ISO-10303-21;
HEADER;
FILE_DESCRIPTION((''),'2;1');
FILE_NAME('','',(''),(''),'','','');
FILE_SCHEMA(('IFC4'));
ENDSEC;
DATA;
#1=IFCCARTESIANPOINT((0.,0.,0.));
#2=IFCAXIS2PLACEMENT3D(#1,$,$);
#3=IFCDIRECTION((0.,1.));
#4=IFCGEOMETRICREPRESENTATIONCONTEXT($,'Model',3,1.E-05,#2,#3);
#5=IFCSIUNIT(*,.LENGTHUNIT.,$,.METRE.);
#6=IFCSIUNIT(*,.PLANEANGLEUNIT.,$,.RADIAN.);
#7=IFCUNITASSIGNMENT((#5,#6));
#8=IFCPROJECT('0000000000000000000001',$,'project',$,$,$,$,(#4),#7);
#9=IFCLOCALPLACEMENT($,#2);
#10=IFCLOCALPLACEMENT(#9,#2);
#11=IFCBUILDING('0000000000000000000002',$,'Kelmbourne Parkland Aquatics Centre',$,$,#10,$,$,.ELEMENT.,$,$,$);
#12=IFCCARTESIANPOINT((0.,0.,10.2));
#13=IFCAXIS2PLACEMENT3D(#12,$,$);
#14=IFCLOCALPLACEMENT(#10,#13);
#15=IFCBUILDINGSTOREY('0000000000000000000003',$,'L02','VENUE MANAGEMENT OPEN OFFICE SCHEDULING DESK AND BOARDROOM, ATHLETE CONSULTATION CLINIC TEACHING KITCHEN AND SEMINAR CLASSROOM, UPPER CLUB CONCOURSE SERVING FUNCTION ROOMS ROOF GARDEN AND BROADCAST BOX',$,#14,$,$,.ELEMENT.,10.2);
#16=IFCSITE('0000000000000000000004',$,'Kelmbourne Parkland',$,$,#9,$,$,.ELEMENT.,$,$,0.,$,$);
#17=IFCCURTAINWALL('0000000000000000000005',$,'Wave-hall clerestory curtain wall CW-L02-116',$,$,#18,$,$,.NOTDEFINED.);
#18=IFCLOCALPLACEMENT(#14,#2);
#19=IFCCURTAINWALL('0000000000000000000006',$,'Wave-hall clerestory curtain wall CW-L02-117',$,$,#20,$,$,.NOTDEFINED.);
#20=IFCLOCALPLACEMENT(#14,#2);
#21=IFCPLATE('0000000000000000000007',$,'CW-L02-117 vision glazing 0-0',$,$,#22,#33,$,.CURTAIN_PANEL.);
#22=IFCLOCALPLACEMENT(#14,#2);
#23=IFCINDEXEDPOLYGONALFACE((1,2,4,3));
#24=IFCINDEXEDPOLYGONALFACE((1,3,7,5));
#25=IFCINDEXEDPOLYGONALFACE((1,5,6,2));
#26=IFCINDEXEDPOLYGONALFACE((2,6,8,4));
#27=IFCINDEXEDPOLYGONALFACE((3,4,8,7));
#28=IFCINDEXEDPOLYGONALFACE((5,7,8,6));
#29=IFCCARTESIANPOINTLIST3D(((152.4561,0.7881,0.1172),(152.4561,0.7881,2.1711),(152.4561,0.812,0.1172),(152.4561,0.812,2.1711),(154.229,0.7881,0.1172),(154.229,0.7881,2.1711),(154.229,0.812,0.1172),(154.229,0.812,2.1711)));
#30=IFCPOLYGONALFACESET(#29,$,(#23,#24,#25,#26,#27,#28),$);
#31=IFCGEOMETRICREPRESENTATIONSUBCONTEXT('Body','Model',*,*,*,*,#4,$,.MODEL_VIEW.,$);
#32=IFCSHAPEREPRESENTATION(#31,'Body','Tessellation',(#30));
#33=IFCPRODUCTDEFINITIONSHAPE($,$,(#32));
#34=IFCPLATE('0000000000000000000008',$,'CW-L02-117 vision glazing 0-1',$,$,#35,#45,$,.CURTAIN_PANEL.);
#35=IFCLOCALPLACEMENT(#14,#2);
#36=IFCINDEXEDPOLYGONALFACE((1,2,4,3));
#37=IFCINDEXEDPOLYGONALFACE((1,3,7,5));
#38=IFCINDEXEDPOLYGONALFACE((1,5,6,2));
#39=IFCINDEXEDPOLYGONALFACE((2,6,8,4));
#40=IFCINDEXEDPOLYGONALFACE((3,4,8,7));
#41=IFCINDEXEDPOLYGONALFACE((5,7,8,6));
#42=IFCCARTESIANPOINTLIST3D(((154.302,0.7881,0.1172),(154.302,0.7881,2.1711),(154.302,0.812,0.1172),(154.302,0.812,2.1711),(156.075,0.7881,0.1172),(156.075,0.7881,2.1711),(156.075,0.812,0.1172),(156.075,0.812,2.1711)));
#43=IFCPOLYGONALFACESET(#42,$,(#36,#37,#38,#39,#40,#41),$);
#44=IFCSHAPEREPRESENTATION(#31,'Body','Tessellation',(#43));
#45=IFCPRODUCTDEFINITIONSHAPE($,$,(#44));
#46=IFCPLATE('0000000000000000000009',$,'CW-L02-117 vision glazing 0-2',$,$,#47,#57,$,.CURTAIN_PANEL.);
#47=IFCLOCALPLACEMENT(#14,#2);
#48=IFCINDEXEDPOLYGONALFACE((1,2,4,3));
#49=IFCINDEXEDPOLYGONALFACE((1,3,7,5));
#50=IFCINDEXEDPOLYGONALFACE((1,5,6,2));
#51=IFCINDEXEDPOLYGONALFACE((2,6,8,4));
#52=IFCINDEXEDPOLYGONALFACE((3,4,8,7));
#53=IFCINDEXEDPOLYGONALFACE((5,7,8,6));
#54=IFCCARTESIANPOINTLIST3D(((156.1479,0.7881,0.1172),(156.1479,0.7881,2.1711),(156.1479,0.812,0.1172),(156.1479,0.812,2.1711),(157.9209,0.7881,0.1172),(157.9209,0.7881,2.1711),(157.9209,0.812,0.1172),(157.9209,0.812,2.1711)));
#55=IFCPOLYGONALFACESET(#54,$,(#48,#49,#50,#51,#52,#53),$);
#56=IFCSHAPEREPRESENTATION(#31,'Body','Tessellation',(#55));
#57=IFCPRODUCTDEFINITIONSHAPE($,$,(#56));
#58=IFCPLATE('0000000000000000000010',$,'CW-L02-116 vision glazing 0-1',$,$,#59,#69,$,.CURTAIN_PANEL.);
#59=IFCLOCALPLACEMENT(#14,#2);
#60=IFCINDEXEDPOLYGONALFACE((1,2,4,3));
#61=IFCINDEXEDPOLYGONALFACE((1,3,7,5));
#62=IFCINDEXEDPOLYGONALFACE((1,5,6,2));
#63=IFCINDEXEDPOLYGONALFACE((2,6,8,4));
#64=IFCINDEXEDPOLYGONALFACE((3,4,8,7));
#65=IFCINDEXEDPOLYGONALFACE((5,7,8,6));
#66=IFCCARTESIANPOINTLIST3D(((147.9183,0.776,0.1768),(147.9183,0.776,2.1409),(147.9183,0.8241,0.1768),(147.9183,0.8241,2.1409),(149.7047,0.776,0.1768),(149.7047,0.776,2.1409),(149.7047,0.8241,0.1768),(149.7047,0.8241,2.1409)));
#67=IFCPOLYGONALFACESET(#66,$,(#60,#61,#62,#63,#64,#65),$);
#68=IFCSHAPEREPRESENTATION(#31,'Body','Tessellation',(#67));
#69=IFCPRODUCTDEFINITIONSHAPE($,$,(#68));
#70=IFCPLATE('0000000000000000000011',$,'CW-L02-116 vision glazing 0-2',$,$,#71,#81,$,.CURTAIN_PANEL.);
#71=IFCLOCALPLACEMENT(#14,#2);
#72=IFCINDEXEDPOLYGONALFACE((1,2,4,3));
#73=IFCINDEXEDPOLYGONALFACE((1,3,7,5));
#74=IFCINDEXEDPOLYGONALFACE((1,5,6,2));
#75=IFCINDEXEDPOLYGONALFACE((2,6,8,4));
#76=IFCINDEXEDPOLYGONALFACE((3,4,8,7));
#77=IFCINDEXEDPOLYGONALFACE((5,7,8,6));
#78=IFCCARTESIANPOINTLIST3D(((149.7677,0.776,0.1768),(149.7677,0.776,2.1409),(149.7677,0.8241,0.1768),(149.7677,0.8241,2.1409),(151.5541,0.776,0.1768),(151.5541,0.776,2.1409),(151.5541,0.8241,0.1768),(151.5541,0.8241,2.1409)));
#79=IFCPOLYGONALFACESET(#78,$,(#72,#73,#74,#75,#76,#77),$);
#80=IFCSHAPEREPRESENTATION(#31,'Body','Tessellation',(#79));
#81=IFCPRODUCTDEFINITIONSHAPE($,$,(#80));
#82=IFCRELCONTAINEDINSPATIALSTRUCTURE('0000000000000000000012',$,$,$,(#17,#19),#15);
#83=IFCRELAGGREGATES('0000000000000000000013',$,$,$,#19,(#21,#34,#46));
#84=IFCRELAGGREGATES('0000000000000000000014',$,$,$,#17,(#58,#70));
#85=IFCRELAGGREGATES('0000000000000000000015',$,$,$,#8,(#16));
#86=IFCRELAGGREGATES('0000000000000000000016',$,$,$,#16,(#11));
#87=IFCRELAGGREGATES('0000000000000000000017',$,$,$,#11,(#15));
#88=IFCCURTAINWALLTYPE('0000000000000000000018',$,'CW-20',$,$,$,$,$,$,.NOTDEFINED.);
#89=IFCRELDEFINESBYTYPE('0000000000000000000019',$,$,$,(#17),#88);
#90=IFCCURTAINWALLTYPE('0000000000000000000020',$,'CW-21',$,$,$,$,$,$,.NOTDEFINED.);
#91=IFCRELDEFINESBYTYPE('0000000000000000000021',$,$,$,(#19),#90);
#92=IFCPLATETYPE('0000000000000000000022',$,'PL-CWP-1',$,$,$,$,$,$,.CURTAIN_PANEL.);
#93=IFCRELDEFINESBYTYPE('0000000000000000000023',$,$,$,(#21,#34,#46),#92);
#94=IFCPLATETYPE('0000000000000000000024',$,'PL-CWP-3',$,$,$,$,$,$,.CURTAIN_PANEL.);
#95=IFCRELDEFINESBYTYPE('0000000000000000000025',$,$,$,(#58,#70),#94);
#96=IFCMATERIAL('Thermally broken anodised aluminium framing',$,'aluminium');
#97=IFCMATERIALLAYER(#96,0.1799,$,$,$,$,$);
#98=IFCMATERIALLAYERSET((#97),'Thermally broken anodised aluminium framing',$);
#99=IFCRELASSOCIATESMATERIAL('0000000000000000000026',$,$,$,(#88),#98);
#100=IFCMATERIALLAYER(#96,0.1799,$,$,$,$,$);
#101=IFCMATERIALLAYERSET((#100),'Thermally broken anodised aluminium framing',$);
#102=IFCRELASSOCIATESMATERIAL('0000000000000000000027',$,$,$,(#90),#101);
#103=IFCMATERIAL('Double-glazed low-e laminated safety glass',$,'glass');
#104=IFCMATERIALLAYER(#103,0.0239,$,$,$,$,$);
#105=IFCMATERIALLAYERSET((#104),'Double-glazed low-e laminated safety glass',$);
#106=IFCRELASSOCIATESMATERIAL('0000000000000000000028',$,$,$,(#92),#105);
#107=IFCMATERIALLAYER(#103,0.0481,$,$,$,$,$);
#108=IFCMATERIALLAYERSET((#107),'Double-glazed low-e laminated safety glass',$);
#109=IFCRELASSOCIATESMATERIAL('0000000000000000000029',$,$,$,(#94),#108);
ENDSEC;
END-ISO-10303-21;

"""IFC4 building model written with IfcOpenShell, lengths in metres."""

from ifc_helpers import new_model, si_unit, direction, frame, origin, origin_2d, place, context, subcontext, project, spatial, rectangle, extrude, material, layer, layer_set, type_object, element, aggregate, save


model = new_model("IFC4")

# Units and contexts
model_context = context("Model", 3, precision=1e-05, world=origin(), true_north=direction((0.0, 1.0)))
body_context = subcontext(model_context, "Body", "Model", "MODEL_VIEW")
ifc_project = project(units=[si_unit("LENGTHUNIT", "METRE"), si_unit("PLANEANGLEUNIT", "RADIAN")], contexts=[model_context])

# Site, building, storey
site_placement = place(None, origin())
site = spatial("IfcSite", under=ifc_project, at=site_placement, Name="Kelmbourne Parkland", CompositionType="ELEMENT", RefElevation=0.0)
building_placement = place(site_placement, origin())
building = spatial("IfcBuilding", under=site, at=building_placement, Name="Kelmbourne Parkland Aquatics Centre", CompositionType="ELEMENT")
storey_placement = place(building_placement, frame((0.0, 0.0, 10.2)))
storey = spatial("IfcBuildingStorey", under=building, at=storey_placement, Name="L02", Description="VENUE MANAGEMENT OPEN OFFICE SCHEDULING DESK AND BOARDROOM, ATHLETE CONSULTATION CLINIC TEACHING KITCHEN AND SEMINAR CLASSROOM, UPPER CLUB CONCOURSE SERVING FUNCTION ROOMS ROOF GARDEN AND BROADCAST BOX", CompositionType="ELEMENT", Elevation=10.2)

# Curtain walls
ifc_material_1 = material(Name="Thermally broken anodised aluminium framing", Category="aluminium")
ifc_layer_1 = layer(ifc_material_1, 0.1799)
ifc_layer_set_1 = layer_set([ifc_layer_1], Name="Thermally broken anodised aluminium framing")
curtain_wall_type_1 = type_object("IfcCurtainWallType", Name="CW-20", PredefinedType="NOTDEFINED", material=ifc_layer_set_1)
curtain_wall_1_placement = place(storey_placement, origin())
curtain_wall_1 = element("IfcCurtainWall", 1, at=curtain_wall_1_placement, inside=storey, type_object=curtain_wall_type_1, Name="Wave-hall clerestory curtain wall CW-L02-116", PredefinedType="NOTDEFINED")
ifc_layer_2 = layer(ifc_material_1, 0.1799)
ifc_layer_set_2 = layer_set([ifc_layer_2], Name="Thermally broken anodised aluminium framing")
curtain_wall_type_2 = type_object("IfcCurtainWallType", Name="CW-21", PredefinedType="NOTDEFINED", material=ifc_layer_set_2)
curtain_wall_2_placement = place(storey_placement, origin())
curtain_wall_2 = element("IfcCurtainWall", 2, at=curtain_wall_2_placement, inside=storey, type_object=curtain_wall_type_2, Name="Wave-hall clerestory curtain wall CW-L02-117", PredefinedType="NOTDEFINED")

# Plates
ifc_material_2 = material(Name="Double-glazed low-e laminated safety glass", Category="glass")
ifc_layer_3 = layer(ifc_material_2, 0.0239)
ifc_layer_set_3 = layer_set([ifc_layer_3], Name="Double-glazed low-e laminated safety glass")
plate_type_1 = type_object("IfcPlateType", Name="PL-CWP-1", PredefinedType="CURTAIN_PANEL", material=ifc_layer_set_3)
plate_1_placement = place(storey_placement, frame((153.3425, 0.8, 0.1172), z_axis=(0.0, 0.0, 1.0), x_axis=(1.0, 0.0, 0.0)))
plate_1 = element("IfcPlate", 3, at=plate_1_placement, type_object=plate_type_1, Name="CW-L02-117 vision glazing 0-0", PredefinedType="CURTAIN_PANEL", context=body_context, shape_type="SweptSolid", body=[
    extrude(rectangle(XDim=1.7729, YDim=0.0239, at=origin_2d()), origin(), (0.0, 0.0, 1.0), 2.054),
])
plate_2_placement = place(storey_placement, frame((155.1885, 0.8, 0.1172), z_axis=(0.0, 0.0, 1.0), x_axis=(1.0, 0.0, 0.0)))
plate_2 = element("IfcPlate", 4, at=plate_2_placement, type_object=plate_type_1, Name="CW-L02-117 vision glazing 0-1", PredefinedType="CURTAIN_PANEL", context=body_context, shape_type="SweptSolid", body=[
    extrude(rectangle(XDim=1.7729, YDim=0.0239, at=origin_2d()), origin(), (0.0, 0.0, 1.0), 2.054),
])
plate_3_placement = place(storey_placement, frame((157.0344, 0.8, 0.1172), z_axis=(0.0, 0.0, 1.0), x_axis=(1.0, 0.0, 0.0)))
plate_3 = element("IfcPlate", 5, at=plate_3_placement, type_object=plate_type_1, Name="CW-L02-117 vision glazing 0-2", PredefinedType="CURTAIN_PANEL", context=body_context, shape_type="SweptSolid", body=[
    extrude(rectangle(XDim=1.7729, YDim=0.0239, at=origin_2d()), origin(), (0.0, 0.0, 1.0), 2.054),
])
aggregate(curtain_wall_2, [plate_1, plate_2, plate_3])
ifc_layer_4 = layer(ifc_material_2, 0.0481)
ifc_layer_set_4 = layer_set([ifc_layer_4], Name="Double-glazed low-e laminated safety glass")
plate_type_2 = type_object("IfcPlateType", Name="PL-CWP-3", PredefinedType="CURTAIN_PANEL", material=ifc_layer_set_4)
plate_4_placement = place(storey_placement, frame((148.8115, 0.8, 0.1768), z_axis=(0.0, 0.0, 1.0), x_axis=(1.0, 0.0, 0.0)))
plate_4 = element("IfcPlate", 6, at=plate_4_placement, type_object=plate_type_2, Name="CW-L02-116 vision glazing 0-1", PredefinedType="CURTAIN_PANEL", context=body_context, shape_type="SweptSolid", body=[
    extrude(rectangle(XDim=1.7864, YDim=0.0481, at=origin_2d()), origin(), (0.0, 0.0, 1.0), 1.9641),
])
plate_5_placement = place(storey_placement, frame((150.6609, 0.8, 0.1768), z_axis=(0.0, 0.0, 1.0), x_axis=(1.0, 0.0, 0.0)))
plate_5 = element("IfcPlate", 7, at=plate_5_placement, type_object=plate_type_2, Name="CW-L02-116 vision glazing 0-2", PredefinedType="CURTAIN_PANEL", context=body_context, shape_type="SweptSolid", body=[
    extrude(rectangle(XDim=1.7864, YDim=0.0481, at=origin_2d()), origin(), (0.0, 0.0, 1.0), 1.9641),
])
aggregate(curtain_wall_1, [plate_4, plate_5])

save(model, "model.ifc")
